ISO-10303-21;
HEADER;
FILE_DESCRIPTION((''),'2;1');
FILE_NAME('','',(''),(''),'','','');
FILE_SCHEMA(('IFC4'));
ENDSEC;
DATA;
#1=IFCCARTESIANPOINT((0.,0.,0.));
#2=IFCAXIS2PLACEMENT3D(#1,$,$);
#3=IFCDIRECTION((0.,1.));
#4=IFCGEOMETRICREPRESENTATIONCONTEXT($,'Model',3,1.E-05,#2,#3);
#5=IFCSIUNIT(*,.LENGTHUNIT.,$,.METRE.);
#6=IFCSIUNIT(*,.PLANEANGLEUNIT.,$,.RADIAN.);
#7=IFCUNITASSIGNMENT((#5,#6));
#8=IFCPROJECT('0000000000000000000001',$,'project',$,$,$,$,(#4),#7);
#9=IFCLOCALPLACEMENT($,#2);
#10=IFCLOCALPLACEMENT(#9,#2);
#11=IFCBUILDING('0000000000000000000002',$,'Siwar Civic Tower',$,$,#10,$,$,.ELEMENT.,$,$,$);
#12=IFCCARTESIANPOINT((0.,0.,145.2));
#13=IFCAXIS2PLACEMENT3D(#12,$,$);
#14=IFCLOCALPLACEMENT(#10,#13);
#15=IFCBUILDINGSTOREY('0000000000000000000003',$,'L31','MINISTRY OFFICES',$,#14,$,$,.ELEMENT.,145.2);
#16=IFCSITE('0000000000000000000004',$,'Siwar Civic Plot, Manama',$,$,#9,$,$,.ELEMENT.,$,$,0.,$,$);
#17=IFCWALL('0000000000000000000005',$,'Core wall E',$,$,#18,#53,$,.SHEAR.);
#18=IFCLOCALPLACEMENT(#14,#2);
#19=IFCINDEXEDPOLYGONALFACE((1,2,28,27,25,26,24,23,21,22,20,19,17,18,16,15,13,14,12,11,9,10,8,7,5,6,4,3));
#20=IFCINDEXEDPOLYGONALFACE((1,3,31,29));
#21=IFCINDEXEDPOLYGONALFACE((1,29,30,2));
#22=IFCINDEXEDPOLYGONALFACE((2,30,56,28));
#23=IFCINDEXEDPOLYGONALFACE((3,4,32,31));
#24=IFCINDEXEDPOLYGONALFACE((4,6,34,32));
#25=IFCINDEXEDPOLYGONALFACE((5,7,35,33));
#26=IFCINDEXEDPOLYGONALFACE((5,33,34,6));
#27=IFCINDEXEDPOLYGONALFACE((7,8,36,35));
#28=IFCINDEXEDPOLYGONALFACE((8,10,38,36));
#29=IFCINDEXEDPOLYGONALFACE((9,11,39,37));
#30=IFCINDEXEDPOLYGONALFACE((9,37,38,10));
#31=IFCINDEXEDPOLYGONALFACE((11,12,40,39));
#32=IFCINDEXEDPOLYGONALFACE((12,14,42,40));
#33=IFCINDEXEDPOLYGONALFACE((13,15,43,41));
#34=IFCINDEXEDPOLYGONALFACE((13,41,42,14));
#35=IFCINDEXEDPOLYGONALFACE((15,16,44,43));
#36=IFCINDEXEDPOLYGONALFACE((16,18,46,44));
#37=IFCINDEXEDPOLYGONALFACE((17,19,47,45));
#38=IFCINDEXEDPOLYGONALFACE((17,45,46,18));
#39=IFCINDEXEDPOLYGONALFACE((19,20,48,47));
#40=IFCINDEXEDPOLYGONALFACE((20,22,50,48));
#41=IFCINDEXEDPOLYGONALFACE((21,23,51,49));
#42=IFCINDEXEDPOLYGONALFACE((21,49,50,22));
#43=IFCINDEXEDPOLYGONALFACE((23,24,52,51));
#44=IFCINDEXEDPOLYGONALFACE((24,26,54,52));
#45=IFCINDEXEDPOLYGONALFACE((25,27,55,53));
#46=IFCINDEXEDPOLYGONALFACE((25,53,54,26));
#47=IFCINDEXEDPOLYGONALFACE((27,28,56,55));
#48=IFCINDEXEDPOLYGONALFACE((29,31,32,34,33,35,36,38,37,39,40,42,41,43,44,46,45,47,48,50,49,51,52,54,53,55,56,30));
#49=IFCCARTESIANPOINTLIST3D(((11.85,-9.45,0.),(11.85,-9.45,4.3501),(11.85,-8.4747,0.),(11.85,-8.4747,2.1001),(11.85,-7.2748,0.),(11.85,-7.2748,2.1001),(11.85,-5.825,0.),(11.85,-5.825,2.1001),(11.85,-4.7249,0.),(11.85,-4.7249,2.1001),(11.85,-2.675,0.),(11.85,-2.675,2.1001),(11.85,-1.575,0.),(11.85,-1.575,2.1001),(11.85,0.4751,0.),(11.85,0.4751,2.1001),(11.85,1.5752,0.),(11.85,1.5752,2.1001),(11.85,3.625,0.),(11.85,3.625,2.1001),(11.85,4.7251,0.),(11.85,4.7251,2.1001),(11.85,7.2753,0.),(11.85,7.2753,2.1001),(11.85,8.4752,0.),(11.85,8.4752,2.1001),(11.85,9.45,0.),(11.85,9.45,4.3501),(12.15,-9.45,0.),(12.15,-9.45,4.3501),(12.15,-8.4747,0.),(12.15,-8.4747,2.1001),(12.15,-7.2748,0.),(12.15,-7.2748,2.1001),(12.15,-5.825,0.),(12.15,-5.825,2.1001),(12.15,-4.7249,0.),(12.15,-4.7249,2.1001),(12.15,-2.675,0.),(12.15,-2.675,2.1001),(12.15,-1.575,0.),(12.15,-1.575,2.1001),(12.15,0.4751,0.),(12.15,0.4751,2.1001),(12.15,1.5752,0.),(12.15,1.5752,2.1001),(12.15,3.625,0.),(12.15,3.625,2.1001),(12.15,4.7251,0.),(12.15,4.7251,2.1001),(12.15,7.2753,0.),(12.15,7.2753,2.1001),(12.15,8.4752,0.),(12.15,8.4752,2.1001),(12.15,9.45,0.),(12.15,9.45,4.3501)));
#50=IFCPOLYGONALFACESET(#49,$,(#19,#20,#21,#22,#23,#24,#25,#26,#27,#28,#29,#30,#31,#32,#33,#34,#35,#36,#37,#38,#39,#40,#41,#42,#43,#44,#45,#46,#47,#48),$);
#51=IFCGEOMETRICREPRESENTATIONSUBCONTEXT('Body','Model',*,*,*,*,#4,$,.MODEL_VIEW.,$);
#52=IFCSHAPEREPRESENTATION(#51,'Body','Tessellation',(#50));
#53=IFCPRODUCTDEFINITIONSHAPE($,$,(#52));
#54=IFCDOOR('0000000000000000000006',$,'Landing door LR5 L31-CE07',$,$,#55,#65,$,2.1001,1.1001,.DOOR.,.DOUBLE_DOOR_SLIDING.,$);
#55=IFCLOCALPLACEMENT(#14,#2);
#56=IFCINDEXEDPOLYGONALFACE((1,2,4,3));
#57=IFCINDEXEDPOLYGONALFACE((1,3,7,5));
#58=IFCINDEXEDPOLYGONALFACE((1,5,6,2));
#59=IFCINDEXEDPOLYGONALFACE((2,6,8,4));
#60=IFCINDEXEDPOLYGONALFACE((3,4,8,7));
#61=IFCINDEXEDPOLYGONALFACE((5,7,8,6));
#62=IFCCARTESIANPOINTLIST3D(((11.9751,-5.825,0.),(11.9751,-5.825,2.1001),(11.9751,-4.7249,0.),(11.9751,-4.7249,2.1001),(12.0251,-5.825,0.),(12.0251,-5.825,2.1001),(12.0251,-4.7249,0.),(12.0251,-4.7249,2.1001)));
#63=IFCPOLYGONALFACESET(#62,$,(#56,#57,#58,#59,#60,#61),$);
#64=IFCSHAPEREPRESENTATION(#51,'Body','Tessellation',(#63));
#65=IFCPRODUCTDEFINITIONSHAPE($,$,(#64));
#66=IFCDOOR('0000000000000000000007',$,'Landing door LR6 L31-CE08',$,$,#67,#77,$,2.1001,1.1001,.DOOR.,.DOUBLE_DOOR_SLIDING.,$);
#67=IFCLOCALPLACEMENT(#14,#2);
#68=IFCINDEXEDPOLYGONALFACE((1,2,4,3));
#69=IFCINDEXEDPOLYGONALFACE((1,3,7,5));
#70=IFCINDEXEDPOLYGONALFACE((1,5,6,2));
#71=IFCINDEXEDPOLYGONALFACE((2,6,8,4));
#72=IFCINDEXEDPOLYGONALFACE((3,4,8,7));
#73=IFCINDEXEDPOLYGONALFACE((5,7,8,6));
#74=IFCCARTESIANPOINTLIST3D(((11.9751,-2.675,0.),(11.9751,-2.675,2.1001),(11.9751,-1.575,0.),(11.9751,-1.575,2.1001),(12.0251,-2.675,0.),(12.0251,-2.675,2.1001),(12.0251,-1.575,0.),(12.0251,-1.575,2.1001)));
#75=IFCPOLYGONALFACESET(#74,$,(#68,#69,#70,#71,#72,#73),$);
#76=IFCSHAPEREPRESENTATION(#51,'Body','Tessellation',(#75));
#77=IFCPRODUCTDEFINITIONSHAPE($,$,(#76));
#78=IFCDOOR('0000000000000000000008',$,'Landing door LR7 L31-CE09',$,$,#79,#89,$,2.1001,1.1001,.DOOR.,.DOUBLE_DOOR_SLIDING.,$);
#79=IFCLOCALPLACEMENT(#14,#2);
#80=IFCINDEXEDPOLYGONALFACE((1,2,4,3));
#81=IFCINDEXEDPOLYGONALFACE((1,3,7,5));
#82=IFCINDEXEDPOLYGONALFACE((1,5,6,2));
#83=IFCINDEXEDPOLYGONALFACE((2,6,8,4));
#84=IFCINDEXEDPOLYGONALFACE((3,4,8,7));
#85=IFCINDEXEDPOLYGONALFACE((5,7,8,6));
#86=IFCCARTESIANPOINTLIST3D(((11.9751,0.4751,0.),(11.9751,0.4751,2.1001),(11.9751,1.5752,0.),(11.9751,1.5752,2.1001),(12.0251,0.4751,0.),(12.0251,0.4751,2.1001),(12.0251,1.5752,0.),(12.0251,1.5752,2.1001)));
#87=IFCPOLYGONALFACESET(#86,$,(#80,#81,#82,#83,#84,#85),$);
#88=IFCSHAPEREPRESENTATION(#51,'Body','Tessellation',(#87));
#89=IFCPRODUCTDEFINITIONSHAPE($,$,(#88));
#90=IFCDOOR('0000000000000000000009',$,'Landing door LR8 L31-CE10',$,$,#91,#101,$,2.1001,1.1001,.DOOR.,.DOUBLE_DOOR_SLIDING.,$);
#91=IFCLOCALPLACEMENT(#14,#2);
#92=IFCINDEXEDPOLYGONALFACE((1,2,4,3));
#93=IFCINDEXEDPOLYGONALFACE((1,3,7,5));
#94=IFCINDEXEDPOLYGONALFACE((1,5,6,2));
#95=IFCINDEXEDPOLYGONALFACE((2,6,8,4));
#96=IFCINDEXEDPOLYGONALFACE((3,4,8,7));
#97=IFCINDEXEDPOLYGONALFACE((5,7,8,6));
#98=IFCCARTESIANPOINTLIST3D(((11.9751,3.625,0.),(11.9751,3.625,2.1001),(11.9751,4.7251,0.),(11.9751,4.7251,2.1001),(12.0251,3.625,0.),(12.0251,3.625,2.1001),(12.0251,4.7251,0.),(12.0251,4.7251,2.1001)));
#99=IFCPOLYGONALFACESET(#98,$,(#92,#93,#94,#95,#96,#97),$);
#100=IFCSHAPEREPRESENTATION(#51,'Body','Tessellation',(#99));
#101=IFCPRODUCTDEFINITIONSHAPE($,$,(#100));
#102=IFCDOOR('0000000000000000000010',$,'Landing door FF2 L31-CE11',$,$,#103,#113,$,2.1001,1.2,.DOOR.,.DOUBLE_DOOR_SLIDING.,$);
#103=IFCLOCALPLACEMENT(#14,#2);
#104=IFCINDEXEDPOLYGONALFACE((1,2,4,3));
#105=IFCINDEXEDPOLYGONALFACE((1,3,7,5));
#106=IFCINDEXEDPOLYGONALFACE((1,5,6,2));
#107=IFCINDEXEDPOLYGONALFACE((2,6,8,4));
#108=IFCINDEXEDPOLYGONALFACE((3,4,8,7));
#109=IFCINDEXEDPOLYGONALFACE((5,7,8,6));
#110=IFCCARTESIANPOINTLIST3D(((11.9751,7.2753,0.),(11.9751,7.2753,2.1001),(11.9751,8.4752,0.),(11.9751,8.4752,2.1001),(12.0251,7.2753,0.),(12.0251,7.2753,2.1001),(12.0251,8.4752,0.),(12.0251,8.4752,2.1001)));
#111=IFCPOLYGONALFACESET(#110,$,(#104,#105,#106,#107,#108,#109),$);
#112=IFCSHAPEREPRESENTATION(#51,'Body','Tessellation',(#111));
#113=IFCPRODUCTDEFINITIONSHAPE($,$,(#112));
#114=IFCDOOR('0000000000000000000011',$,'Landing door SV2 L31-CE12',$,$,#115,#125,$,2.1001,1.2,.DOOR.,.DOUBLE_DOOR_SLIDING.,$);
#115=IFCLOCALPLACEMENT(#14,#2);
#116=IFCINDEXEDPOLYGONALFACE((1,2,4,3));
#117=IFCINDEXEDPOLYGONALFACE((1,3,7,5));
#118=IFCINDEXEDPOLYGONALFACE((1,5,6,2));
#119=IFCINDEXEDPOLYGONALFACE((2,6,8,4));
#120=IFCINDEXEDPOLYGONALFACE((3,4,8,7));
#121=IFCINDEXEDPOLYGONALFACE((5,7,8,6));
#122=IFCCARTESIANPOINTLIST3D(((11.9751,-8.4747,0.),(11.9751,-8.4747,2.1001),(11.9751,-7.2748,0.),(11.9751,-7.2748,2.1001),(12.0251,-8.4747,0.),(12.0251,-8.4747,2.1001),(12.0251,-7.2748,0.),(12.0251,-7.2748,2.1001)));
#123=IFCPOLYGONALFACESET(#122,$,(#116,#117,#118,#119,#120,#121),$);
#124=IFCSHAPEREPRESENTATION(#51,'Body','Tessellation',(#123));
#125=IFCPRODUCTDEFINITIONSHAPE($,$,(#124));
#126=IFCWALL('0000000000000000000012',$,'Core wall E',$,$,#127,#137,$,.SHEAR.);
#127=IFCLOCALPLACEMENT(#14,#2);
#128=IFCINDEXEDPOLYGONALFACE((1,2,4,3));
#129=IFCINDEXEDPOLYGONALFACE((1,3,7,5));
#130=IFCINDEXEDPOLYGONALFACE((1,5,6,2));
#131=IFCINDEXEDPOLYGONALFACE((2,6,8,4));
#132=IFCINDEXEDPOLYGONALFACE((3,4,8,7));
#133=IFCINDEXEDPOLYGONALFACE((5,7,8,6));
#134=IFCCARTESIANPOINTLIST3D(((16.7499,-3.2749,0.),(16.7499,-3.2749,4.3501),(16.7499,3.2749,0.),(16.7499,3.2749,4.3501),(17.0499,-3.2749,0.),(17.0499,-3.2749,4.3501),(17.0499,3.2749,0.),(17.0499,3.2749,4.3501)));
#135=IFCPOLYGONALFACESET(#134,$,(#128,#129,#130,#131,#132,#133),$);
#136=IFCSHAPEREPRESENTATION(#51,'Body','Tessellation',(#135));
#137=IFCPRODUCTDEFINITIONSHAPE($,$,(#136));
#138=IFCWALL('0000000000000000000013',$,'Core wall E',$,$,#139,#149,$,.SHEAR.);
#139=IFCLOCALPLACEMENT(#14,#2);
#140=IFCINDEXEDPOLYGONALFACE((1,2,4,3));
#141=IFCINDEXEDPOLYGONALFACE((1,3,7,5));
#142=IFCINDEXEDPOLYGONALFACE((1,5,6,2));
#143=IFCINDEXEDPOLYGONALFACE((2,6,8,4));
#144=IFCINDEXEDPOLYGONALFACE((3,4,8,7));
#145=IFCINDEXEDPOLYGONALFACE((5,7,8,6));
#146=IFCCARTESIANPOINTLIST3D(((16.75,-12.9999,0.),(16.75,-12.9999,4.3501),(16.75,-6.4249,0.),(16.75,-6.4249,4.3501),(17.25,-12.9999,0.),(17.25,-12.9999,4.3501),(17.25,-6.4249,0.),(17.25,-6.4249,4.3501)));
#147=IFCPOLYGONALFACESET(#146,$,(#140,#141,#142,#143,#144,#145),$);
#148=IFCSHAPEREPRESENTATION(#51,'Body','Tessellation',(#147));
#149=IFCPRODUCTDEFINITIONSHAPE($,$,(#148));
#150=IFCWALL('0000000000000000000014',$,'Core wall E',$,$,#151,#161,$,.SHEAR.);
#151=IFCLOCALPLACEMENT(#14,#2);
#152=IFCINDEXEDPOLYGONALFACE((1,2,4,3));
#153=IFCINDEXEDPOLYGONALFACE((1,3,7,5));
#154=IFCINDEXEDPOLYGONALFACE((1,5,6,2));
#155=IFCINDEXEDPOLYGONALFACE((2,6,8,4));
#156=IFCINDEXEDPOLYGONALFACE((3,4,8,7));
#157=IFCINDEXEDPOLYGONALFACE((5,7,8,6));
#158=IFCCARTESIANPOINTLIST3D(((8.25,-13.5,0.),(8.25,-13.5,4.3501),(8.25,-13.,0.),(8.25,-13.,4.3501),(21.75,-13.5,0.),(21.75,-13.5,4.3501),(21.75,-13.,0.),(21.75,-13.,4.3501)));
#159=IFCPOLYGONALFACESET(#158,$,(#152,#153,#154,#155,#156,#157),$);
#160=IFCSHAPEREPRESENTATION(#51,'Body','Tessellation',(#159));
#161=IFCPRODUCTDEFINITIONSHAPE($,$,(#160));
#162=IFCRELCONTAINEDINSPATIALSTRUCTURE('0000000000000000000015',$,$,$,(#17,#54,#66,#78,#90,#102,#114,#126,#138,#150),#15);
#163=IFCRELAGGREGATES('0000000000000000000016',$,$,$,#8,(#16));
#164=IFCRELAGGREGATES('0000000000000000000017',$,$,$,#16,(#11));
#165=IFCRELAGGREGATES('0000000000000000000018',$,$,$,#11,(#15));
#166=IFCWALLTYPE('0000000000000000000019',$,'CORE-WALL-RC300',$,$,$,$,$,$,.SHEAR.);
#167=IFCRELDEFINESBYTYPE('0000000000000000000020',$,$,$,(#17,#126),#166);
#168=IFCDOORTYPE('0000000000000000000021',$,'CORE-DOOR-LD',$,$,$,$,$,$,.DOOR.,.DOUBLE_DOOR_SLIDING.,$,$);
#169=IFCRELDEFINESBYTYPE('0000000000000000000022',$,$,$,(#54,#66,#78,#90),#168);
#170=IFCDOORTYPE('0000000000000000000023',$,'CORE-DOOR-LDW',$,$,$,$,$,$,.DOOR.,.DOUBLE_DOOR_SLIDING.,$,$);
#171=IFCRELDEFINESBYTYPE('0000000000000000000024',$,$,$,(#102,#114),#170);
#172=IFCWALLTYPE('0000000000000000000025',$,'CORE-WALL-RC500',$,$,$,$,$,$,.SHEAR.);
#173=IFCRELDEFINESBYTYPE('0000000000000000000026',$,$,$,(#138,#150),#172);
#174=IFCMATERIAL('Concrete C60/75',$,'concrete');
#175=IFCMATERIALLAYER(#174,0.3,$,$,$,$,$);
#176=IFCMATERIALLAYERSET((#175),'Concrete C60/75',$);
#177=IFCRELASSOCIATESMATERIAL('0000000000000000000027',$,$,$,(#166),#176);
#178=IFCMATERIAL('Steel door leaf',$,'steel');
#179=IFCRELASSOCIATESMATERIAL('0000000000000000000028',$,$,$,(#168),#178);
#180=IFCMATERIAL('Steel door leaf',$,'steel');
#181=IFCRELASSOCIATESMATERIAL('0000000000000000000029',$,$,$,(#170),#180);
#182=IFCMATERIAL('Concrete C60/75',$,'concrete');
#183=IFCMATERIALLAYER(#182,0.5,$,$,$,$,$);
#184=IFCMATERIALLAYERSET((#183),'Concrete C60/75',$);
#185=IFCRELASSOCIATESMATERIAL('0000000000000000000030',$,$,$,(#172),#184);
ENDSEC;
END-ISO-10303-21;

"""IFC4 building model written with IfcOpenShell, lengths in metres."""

from ifc_helpers import new_model, si_unit, direction, frame, frame_2d, origin, place, context, subcontext, project, spatial, rectangle, extrude, material, layer, layer_set, type_object, element, fill, save


model = new_model("IFC4")

# Units and contexts
model_context = context("Model", 3, precision=1e-05, world=origin(), true_north=direction((0.0, 1.0)))
body_context = subcontext(model_context, "Body", "Model", "MODEL_VIEW")
ifc_project = project(units=[si_unit("LENGTHUNIT", "METRE"), si_unit("PLANEANGLEUNIT", "RADIAN")], contexts=[model_context])

# Site, building, storey
site_placement = place(None, origin())
site = spatial("IfcSite", under=ifc_project, at=site_placement, Name="Siwar Civic Plot, Manama", CompositionType="ELEMENT", RefElevation=0.0)
building_placement = place(site_placement, origin())
building = spatial("IfcBuilding", under=site, at=building_placement, Name="Siwar Civic Tower", CompositionType="ELEMENT")
storey_placement = place(building_placement, frame((0.0, 0.0, 145.2)))
storey = spatial("IfcBuildingStorey", under=building, at=storey_placement, Name="L31", Description="MINISTRY OFFICES", CompositionType="ELEMENT", Elevation=145.2)

# Wall, openings, doors
ifc_material_1 = material(Name="Concrete C60/75", Category="concrete")
ifc_layer_1 = layer(ifc_material_1, 0.3)
ifc_layer_set_1 = layer_set([ifc_layer_1], Name="Concrete C60/75")
wall_type_1 = type_object("IfcWallType", Name="CORE-WALL-RC300", PredefinedType="SHEAR", material=ifc_layer_set_1)
wall_1_placement = place(storey_placement, frame((12.0, -9.45, 0.0), z_axis=(0.0, 0.0, 1.0), x_axis=(0.0, 1.0, 0.0)))
wall_1 = element("IfcWall", 1, at=wall_1_placement, inside=storey, type_object=wall_type_1, Name="Core wall E", PredefinedType="SHEAR", context=body_context, shape_type="SweptSolid", body=[
    extrude(rectangle(XDim=18.8999, YDim=0.3, at=frame_2d((9.45, 0.0))), origin(), (0.0, 0.0, 1.0), 4.3501),
])
opening_1_placement = place(wall_1_placement, frame((3.625, 0.0, 0.0)))
opening_1 = element("IfcOpeningElement", 2, at=opening_1_placement, cuts=wall_1, PredefinedType="OPENING", context=body_context, shape_type="SweptSolid", body=[
    extrude(rectangle(XDim=1.1001, YDim=2.1001, at=frame_2d((0.55, 1.05))), frame((0.0, 0.1602, 0.0), z_axis=(0.0, -1.0, 0.0), x_axis=(1.0, 0.0, 0.0)), (0.0, 0.0, 1.0), 0.3201),
])
opening_2_placement = place(wall_1_placement, frame((6.7749, 0.0, 0.0)))
opening_2 = element("IfcOpeningElement", 3, at=opening_2_placement, cuts=wall_1, PredefinedType="OPENING", context=body_context, shape_type="SweptSolid", body=[
    extrude(rectangle(XDim=1.1001, YDim=2.1001, at=frame_2d((0.55, 1.05))), frame((0.0, 0.1602, 0.0), z_axis=(0.0, -1.0, 0.0), x_axis=(1.0, 0.0, 0.0)), (0.0, 0.0, 1.0), 0.3201),
])
opening_3_placement = place(wall_1_placement, frame((9.925, 0.0, 0.0)))
opening_3 = element("IfcOpeningElement", 4, at=opening_3_placement, cuts=wall_1, PredefinedType="OPENING", context=body_context, shape_type="SweptSolid", body=[
    extrude(rectangle(XDim=1.1001, YDim=2.1001, at=frame_2d((0.55, 1.05))), frame((0.0, 0.1602, 0.0), z_axis=(0.0, -1.0, 0.0), x_axis=(1.0, 0.0, 0.0)), (0.0, 0.0, 1.0), 0.3201),
])
opening_4_placement = place(wall_1_placement, frame((13.075, 0.0, 0.0)))
opening_4 = element("IfcOpeningElement", 5, at=opening_4_placement, cuts=wall_1, PredefinedType="OPENING", context=body_context, shape_type="SweptSolid", body=[
    extrude(rectangle(XDim=1.1001, YDim=2.1001, at=frame_2d((0.55, 1.05))), frame((0.0, 0.1602, 0.0), z_axis=(0.0, -1.0, 0.0), x_axis=(1.0, 0.0, 0.0)), (0.0, 0.0, 1.0), 0.3201),
])
opening_5_placement = place(wall_1_placement, frame((16.7251, 0.0, 0.0)))
opening_5 = element("IfcOpeningElement", 6, at=opening_5_placement, cuts=wall_1, PredefinedType="OPENING", context=body_context, shape_type="SweptSolid", body=[
    extrude(rectangle(XDim=1.2, YDim=2.1001, at=frame_2d((0.6001, 1.05))), frame((0.0, 0.1602, 0.0), z_axis=(0.0, -1.0, 0.0), x_axis=(1.0, 0.0, 0.0)), (0.0, 0.0, 1.0), 0.3201),
])
opening_6_placement = place(wall_1_placement, frame((0.9751, 0.0, 0.0)))
opening_6 = element("IfcOpeningElement", 7, at=opening_6_placement, cuts=wall_1, PredefinedType="OPENING", context=body_context, shape_type="SweptSolid", body=[
    extrude(rectangle(XDim=1.2, YDim=2.1001, at=frame_2d((0.6001, 1.05))), frame((0.0, 0.1602, 0.0), z_axis=(0.0, -1.0, 0.0), x_axis=(1.0, 0.0, 0.0)), (0.0, 0.0, 1.0), 0.3201),
])
ifc_material_2 = material(Name="Steel door leaf", Category="steel")
door_type_1 = type_object("IfcDoorType", Name="CORE-DOOR-LD", OperationType="DOUBLE_DOOR_SLIDING", PredefinedType="DOOR", material=ifc_material_2)
door_1_placement = place(opening_1_placement, origin())
door_1 = element("IfcDoor", 8, at=door_1_placement, inside=storey, type_object=door_type_1, Name="Landing door LR5 L31-CE07", OperationType="DOUBLE_DOOR_SLIDING", OverallHeight=2.1001, OverallWidth=1.1001, PredefinedType="DOOR", context=body_context, shape_type="SweptSolid", body=[
    extrude(rectangle(XDim=1.1001, YDim=2.1001, at=frame_2d((0.55, 1.05))), frame((0.0, 0.0249, 0.0), z_axis=(0.0, -1.0, 0.0), x_axis=(1.0, 0.0, 0.0)), (0.0, 0.0, 1.0), 0.05),
])
fill(opening_1, door_1)
door_2_placement = place(opening_2_placement, origin())
door_2 = element("IfcDoor", 9, at=door_2_placement, inside=storey, type_object=door_type_1, Name="Landing door LR6 L31-CE08", OperationType="DOUBLE_DOOR_SLIDING", OverallHeight=2.1001, OverallWidth=1.1001, PredefinedType="DOOR", context=body_context, shape_type="SweptSolid", body=[
    extrude(rectangle(XDim=1.1001, YDim=2.1001, at=frame_2d((0.55, 1.05))), frame((0.0, 0.0249, 0.0), z_axis=(0.0, -1.0, 0.0), x_axis=(1.0, 0.0, 0.0)), (0.0, 0.0, 1.0), 0.05),
])
fill(opening_2, door_2)
door_3_placement = place(opening_3_placement, origin())
door_3 = element("IfcDoor", 10, at=door_3_placement, inside=storey, type_object=door_type_1, Name="Landing door LR7 L31-CE09", OperationType="DOUBLE_DOOR_SLIDING", OverallHeight=2.1001, OverallWidth=1.1001, PredefinedType="DOOR", context=body_context, shape_type="SweptSolid", body=[
    extrude(rectangle(XDim=1.1001, YDim=2.1001, at=frame_2d((0.55, 1.05))), frame((0.0, 0.0249, 0.0), z_axis=(0.0, -1.0, 0.0), x_axis=(1.0, 0.0, 0.0)), (0.0, 0.0, 1.0), 0.05),
])
fill(opening_3, door_3)
door_4_placement = place(opening_4_placement, origin())
door_4 = element("IfcDoor", 11, at=door_4_placement, inside=storey, type_object=door_type_1, Name="Landing door LR8 L31-CE10", OperationType="DOUBLE_DOOR_SLIDING", OverallHeight=2.1001, OverallWidth=1.1001, PredefinedType="DOOR", context=body_context, shape_type="SweptSolid", body=[
    extrude(rectangle(XDim=1.1001, YDim=2.1001, at=frame_2d((0.55, 1.05))), frame((0.0, 0.0249, 0.0), z_axis=(0.0, -1.0, 0.0), x_axis=(1.0, 0.0, 0.0)), (0.0, 0.0, 1.0), 0.05),
])
fill(opening_4, door_4)
ifc_material_3 = material(Name="Steel door leaf", Category="steel")
door_type_2 = type_object("IfcDoorType", Name="CORE-DOOR-LDW", OperationType="DOUBLE_DOOR_SLIDING", PredefinedType="DOOR", material=ifc_material_3)
door_5_placement = place(opening_5_placement, origin())
door_5 = element("IfcDoor", 12, at=door_5_placement, inside=storey, type_object=door_type_2, Name="Landing door FF2 L31-CE11", OperationType="DOUBLE_DOOR_SLIDING", OverallHeight=2.1001, OverallWidth=1.2, PredefinedType="DOOR", context=body_context, shape_type="SweptSolid", body=[
    extrude(rectangle(XDim=1.2, YDim=2.1001, at=frame_2d((0.6001, 1.05))), frame((0.0, 0.0249, 0.0), z_axis=(0.0, -1.0, 0.0), x_axis=(1.0, 0.0, 0.0)), (0.0, 0.0, 1.0), 0.05),
])
fill(opening_5, door_5)
door_6_placement = place(opening_6_placement, origin())
door_6 = element("IfcDoor", 13, at=door_6_placement, inside=storey, type_object=door_type_2, Name="Landing door SV2 L31-CE12", OperationType="DOUBLE_DOOR_SLIDING", OverallHeight=2.1001, OverallWidth=1.2, PredefinedType="DOOR", context=body_context, shape_type="SweptSolid", body=[
    extrude(rectangle(XDim=1.2, YDim=2.1001, at=frame_2d((0.6001, 1.05))), frame((0.0, 0.0249, 0.0), z_axis=(0.0, -1.0, 0.0), x_axis=(1.0, 0.0, 0.0)), (0.0, 0.0, 1.0), 0.05),
])
fill(opening_6, door_6)

# Walls
wall_2_placement = place(storey_placement, frame((16.8999, -3.2749, 0.0), z_axis=(0.0, 0.0, 1.0), x_axis=(0.0, 1.0, 0.0)))
element("IfcWall", 14, at=wall_2_placement, inside=storey, type_object=wall_type_1, Name="Core wall E", PredefinedType="SHEAR", context=body_context, shape_type="SweptSolid", body=[
    extrude(rectangle(XDim=6.5498, YDim=0.3, at=frame_2d((3.2749, 0.0))), origin(), (0.0, 0.0, 1.0), 4.3501),
])
ifc_material_4 = material(Name="Concrete C60/75", Category="concrete")
ifc_layer_2 = layer(ifc_material_4, 0.5)
ifc_layer_set_2 = layer_set([ifc_layer_2], Name="Concrete C60/75")
wall_type_2 = type_object("IfcWallType", Name="CORE-WALL-RC500", PredefinedType="SHEAR", material=ifc_layer_set_2)
wall_3_placement = place(storey_placement, frame((17.0, -13.0, 0.0), z_axis=(0.0, 0.0, 1.0), x_axis=(0.0, 1.0, 0.0)))
element("IfcWall", 15, at=wall_3_placement, inside=storey, type_object=wall_type_2, Name="Core wall E", PredefinedType="SHEAR", context=body_context, shape_type="SweptSolid", body=[
    extrude(rectangle(XDim=6.575, YDim=0.5, at=frame_2d((3.2876, 0.0))), origin(), (0.0, 0.0, 1.0), 4.3501),
])
wall_4_placement = place(storey_placement, frame((8.25, -13.25, 0.0), z_axis=(0.0, 0.0, 1.0), x_axis=(1.0, 0.0, 0.0)))
element("IfcWall", 16, at=wall_4_placement, inside=storey, type_object=wall_type_2, Name="Core wall E", PredefinedType="SHEAR", context=body_context, shape_type="SweptSolid", body=[
    extrude(rectangle(XDim=13.5, YDim=0.5, at=frame_2d((6.75, 0.0))), origin(), (0.0, 0.0, 1.0), 4.3501),
])

save(model, "model.ifc")
